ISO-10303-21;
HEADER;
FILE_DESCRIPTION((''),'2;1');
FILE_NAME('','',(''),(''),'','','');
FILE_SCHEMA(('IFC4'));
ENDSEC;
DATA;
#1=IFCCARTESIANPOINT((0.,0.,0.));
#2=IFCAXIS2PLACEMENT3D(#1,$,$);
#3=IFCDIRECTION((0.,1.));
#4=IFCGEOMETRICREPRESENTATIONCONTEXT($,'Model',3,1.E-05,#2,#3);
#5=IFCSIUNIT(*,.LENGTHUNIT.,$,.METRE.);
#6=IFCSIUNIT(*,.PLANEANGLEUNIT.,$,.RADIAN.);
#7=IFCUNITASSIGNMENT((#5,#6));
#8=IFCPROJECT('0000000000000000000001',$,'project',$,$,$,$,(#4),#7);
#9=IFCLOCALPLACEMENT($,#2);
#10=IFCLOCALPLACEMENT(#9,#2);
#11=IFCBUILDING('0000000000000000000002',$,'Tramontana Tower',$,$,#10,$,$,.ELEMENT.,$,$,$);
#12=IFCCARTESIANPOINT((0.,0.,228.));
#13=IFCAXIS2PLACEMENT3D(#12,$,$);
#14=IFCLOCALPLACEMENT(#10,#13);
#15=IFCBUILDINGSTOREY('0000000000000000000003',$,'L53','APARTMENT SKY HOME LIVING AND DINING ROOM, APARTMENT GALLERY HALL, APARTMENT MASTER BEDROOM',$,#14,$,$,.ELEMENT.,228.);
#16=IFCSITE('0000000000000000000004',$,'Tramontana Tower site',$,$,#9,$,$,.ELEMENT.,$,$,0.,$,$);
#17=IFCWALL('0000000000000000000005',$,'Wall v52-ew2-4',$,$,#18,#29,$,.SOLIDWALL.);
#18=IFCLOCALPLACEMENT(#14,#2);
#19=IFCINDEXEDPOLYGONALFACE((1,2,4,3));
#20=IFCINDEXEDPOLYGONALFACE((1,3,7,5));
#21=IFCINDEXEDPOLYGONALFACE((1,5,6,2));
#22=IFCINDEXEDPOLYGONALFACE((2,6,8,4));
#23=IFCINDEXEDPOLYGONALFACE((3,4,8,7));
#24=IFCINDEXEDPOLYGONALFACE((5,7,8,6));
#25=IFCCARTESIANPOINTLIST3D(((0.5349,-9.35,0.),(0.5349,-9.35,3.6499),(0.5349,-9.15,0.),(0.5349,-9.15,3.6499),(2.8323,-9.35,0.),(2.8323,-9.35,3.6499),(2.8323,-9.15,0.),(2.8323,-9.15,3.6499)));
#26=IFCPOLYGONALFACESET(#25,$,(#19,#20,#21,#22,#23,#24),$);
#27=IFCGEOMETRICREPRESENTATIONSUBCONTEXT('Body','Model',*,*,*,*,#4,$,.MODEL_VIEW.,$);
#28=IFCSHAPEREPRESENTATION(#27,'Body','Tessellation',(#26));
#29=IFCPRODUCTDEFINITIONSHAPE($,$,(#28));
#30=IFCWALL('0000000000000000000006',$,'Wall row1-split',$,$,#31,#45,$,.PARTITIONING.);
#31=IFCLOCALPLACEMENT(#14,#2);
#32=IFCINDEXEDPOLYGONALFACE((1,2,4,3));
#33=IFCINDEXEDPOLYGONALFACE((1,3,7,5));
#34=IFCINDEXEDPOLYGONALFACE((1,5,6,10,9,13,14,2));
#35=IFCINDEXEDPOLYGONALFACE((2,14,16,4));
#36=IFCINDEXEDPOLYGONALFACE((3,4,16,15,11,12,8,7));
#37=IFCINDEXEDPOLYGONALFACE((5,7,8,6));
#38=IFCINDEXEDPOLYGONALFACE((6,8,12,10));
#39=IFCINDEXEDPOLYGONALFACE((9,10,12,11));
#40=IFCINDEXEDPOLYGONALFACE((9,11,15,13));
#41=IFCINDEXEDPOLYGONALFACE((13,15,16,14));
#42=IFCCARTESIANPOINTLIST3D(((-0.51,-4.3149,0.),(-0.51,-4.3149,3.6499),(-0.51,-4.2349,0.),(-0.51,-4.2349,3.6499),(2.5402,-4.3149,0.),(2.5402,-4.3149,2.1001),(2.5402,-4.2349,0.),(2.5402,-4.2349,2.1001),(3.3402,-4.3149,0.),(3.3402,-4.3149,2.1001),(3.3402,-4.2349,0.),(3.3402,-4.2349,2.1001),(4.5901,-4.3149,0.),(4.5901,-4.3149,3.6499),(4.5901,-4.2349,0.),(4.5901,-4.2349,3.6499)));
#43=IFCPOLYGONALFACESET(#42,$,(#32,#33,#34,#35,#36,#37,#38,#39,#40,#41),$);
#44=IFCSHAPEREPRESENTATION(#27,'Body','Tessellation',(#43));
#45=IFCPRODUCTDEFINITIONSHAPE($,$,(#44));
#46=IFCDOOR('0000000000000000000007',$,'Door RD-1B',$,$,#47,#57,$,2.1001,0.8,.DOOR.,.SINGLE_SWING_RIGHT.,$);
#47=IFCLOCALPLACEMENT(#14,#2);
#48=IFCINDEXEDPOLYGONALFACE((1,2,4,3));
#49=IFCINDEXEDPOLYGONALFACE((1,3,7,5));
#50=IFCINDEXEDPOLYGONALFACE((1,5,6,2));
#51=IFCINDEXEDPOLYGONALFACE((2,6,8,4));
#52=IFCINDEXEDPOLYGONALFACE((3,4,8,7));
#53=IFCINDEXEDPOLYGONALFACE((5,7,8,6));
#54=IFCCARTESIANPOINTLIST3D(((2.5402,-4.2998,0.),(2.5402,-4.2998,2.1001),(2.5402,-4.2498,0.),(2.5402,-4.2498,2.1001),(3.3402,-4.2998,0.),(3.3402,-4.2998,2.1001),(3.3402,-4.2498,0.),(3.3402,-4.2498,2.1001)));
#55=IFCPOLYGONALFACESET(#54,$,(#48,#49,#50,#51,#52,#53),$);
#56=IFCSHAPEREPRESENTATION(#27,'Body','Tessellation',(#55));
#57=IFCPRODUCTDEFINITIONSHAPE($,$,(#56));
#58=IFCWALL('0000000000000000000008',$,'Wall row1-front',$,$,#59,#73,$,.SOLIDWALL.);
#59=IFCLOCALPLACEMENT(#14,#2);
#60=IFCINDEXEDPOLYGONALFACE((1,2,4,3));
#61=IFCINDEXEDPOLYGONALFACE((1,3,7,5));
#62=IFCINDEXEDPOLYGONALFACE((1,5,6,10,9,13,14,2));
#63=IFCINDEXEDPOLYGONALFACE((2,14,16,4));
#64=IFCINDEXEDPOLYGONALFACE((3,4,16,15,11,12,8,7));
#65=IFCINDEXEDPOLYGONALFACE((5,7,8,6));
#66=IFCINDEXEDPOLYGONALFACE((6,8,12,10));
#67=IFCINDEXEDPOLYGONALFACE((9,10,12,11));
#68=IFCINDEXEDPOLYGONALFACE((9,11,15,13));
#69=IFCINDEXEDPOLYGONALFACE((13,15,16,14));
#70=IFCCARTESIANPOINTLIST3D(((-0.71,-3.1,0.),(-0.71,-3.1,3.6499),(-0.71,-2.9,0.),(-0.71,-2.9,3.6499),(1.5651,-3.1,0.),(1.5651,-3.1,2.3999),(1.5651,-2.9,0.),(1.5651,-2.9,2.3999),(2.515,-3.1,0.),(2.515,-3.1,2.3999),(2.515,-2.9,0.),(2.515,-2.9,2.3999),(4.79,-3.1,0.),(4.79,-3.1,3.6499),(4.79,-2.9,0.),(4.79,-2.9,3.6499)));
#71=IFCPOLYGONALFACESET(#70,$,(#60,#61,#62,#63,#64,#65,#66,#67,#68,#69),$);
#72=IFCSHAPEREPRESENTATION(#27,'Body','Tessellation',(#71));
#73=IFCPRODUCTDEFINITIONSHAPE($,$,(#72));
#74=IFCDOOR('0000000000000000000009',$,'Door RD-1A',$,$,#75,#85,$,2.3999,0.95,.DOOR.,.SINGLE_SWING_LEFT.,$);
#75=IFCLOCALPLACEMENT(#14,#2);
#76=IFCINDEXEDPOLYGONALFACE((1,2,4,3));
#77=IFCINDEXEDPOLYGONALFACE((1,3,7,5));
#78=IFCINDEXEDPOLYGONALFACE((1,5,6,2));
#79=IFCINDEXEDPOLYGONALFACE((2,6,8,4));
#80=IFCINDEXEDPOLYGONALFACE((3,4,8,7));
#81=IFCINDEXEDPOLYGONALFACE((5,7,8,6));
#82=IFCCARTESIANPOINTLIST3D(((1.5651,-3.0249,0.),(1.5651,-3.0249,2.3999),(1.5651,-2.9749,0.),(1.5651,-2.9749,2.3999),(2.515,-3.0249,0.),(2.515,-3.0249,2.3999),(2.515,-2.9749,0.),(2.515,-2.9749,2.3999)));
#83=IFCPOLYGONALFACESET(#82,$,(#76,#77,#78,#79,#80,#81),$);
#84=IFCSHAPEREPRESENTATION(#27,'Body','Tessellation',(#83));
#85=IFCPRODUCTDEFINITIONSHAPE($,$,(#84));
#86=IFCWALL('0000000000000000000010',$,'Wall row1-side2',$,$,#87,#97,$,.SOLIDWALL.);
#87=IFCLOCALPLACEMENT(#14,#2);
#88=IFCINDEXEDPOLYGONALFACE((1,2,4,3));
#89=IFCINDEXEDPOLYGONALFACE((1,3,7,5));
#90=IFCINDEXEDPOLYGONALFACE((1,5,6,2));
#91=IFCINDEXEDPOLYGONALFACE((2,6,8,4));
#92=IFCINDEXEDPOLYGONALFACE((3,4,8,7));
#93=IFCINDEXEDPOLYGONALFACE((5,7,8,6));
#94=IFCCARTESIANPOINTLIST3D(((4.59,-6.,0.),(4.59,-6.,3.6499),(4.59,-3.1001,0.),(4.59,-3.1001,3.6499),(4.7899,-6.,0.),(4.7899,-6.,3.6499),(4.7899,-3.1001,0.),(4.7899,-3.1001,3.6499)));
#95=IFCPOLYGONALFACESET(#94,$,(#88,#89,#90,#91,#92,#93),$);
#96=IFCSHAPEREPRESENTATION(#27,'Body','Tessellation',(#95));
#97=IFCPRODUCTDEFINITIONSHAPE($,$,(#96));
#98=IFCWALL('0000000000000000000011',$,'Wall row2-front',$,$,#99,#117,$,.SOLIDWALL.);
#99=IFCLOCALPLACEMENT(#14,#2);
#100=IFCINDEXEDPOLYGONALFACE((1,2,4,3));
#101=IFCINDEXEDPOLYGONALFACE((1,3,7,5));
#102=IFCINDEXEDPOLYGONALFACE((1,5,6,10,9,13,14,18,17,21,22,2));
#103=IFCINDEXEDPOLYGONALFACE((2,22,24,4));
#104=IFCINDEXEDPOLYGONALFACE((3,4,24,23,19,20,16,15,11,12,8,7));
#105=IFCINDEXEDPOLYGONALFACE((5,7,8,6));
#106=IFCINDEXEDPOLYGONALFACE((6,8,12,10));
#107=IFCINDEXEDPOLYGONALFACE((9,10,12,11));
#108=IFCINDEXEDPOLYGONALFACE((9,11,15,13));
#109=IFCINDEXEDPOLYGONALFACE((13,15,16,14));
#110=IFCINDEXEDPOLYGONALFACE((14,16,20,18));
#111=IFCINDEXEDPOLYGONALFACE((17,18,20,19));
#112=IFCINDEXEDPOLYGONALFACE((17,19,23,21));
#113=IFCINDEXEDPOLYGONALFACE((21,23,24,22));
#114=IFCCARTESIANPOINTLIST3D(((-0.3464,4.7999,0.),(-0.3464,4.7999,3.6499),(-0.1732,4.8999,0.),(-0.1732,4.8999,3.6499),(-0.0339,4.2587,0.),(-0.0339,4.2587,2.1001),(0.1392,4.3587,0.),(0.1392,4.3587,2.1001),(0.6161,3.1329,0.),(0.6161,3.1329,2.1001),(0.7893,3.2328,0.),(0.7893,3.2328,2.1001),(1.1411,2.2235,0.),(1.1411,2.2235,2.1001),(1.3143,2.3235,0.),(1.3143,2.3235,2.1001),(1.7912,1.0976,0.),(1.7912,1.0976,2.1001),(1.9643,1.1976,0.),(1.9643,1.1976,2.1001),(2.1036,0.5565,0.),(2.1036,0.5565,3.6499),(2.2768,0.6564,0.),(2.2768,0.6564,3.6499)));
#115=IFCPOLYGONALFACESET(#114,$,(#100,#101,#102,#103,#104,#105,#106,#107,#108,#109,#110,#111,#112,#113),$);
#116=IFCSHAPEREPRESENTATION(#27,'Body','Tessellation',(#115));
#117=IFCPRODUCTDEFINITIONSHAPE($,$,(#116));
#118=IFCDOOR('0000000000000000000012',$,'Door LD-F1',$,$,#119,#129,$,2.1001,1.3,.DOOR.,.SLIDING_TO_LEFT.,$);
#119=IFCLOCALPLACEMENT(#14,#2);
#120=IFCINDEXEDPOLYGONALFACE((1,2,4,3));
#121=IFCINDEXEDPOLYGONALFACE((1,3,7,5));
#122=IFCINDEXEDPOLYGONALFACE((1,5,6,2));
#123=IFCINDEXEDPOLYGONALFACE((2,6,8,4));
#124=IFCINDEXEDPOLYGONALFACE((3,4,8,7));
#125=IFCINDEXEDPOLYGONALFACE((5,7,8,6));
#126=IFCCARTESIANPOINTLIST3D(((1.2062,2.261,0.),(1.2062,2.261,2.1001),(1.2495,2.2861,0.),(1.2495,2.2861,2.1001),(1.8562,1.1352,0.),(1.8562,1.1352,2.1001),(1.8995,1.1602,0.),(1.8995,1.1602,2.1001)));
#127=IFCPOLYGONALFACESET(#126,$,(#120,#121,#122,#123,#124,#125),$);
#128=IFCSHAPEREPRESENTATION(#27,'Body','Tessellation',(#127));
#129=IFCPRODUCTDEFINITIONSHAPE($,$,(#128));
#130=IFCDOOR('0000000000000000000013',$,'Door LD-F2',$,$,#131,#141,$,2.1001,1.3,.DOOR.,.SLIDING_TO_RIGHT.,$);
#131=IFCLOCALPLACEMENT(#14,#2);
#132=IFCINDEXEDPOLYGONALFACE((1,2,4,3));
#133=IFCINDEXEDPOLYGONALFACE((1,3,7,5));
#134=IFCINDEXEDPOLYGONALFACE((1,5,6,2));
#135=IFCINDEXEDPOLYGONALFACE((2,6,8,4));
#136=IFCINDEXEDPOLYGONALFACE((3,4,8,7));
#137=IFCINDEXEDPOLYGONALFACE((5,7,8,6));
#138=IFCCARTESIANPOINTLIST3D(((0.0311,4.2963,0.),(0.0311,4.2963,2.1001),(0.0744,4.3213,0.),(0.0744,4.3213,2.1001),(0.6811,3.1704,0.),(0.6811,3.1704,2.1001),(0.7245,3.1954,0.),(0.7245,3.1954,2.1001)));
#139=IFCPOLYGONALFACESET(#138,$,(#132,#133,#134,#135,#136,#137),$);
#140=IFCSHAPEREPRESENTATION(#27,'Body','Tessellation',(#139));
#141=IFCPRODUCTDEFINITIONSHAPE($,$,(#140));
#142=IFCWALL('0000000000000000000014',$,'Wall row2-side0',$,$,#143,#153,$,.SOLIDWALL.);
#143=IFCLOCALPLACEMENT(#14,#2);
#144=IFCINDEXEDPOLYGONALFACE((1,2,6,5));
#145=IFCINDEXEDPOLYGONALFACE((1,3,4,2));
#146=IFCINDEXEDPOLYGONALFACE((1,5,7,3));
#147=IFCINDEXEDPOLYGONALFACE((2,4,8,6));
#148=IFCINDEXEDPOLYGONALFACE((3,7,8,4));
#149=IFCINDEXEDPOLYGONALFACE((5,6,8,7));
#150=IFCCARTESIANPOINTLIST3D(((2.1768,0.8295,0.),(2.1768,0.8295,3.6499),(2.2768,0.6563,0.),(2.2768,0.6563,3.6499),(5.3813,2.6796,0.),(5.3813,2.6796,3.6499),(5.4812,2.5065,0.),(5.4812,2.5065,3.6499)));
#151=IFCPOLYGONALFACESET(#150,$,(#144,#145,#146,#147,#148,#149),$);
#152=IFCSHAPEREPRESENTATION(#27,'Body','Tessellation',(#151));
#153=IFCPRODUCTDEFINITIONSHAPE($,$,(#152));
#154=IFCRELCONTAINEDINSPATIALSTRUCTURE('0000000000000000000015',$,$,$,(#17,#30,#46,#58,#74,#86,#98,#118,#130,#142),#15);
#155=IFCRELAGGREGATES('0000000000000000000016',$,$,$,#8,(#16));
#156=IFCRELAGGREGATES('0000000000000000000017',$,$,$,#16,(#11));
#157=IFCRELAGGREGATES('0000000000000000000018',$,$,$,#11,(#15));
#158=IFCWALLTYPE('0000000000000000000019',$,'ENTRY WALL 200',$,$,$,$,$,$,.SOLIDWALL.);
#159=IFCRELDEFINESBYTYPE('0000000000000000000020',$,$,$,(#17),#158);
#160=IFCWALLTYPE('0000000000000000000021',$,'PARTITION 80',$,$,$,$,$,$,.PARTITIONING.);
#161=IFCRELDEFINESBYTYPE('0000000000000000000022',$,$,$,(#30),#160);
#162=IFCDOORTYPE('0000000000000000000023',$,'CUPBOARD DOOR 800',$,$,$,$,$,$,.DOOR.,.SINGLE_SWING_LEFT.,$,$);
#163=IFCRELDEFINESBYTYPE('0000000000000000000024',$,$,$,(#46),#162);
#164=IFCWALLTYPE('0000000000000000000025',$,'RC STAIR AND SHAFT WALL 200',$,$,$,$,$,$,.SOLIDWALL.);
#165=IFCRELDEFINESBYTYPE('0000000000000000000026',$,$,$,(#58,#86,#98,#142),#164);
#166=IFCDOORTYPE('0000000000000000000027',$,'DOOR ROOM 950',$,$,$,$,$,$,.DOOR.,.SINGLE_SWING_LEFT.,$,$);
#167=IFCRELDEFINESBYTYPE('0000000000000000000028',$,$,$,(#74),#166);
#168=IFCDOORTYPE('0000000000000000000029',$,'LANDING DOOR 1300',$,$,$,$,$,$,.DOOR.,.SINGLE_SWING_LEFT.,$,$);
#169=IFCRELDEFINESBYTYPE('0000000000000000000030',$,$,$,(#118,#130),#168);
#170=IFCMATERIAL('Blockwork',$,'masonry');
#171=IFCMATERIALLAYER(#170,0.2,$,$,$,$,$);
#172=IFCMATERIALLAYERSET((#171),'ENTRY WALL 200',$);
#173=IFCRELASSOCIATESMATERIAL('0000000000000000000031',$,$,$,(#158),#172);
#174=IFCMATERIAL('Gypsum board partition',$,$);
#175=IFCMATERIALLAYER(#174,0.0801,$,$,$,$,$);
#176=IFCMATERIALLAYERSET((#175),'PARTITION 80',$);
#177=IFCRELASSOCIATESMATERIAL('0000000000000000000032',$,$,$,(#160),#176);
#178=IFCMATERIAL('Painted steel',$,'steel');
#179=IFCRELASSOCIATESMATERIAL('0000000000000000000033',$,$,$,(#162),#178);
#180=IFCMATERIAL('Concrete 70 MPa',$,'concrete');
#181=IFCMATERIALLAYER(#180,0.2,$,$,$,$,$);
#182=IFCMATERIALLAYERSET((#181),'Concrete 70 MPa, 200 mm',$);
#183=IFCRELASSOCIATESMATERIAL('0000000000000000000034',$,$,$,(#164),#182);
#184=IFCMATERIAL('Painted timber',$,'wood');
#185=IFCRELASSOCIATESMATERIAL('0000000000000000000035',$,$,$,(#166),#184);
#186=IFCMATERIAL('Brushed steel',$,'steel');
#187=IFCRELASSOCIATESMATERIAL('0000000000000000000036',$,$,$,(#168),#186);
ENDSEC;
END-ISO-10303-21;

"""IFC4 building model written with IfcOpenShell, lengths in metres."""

from ifc_helpers import new_model, si_unit, direction, frame, frame_2d, origin, place, context, subcontext, project, spatial, rectangle, extrude, material, layer, layer_set, type_object, element, fill, save


model = new_model("IFC4")

# Units and contexts
model_context = context("Model", 3, precision=1e-05, world=origin(), true_north=direction((0.0, 1.0)))
body_context = subcontext(model_context, "Body", "Model", "MODEL_VIEW")
ifc_project = project(units=[si_unit("LENGTHUNIT", "METRE"), si_unit("PLANEANGLEUNIT", "RADIAN")], contexts=[model_context])

# Site, building, storey
site_placement = place(None, origin())
site = spatial("IfcSite", under=ifc_project, at=site_placement, Name="Tramontana Tower site", CompositionType="ELEMENT", RefElevation=0.0)
building_placement = place(site_placement, origin())
building = spatial("IfcBuilding", under=site, at=building_placement, Name="Tramontana Tower", CompositionType="ELEMENT")
storey_placement = place(building_placement, frame((0.0, 0.0, 228.0)))
storey = spatial("IfcBuildingStorey", under=building, at=storey_placement, Name="L53", Description="APARTMENT SKY HOME LIVING AND DINING ROOM, APARTMENT GALLERY HALL, APARTMENT MASTER BEDROOM", CompositionType="ELEMENT", Elevation=228.0)

# Wall
ifc_material_1 = material(Name="Blockwork", Category="masonry")
ifc_layer_1 = layer(ifc_material_1, 0.2)
ifc_layer_set_1 = layer_set([ifc_layer_1], Name="ENTRY WALL 200")
wall_type_1 = type_object("IfcWallType", Name="ENTRY WALL 200", PredefinedType="SOLIDWALL", material=ifc_layer_set_1)
wall_1_placement = place(storey_placement, frame((2.8323, -9.25, 0.0), z_axis=(0.0, 0.0, 1.0), x_axis=(-1.0, 0.0, 0.0)))
element("IfcWall", 1, at=wall_1_placement, inside=storey, type_object=wall_type_1, Name="Wall v52-ew2-4", PredefinedType="SOLIDWALL", context=body_context, shape_type="SweptSolid", body=[
    extrude(rectangle(XDim=2.2974, YDim=0.2, at=frame_2d((1.1487, 0.0))), origin(), (0.0, 0.0, 1.0), 3.6499),
])

# Walls, openings, doors
ifc_material_2 = material(Name="Gypsum board partition")
ifc_layer_2 = layer(ifc_material_2, 0.0801)
ifc_layer_set_2 = layer_set([ifc_layer_2], Name="PARTITION 80")
wall_type_2 = type_object("IfcWallType", Name="PARTITION 80", PredefinedType="PARTITIONING", material=ifc_layer_set_2)
wall_2_placement = place(storey_placement, frame((4.5901, -4.2749, 0.0), z_axis=(0.0, 0.0, 1.0), x_axis=(-1.0, 0.0, 0.0)))
wall_2 = element("IfcWall", 2, at=wall_2_placement, inside=storey, type_object=wall_type_2, Name="Wall row1-split", PredefinedType="PARTITIONING", context=body_context, shape_type="SweptSolid", body=[
    extrude(rectangle(XDim=5.1001, YDim=0.0801, at=frame_2d((2.55, 0.0))), origin(), (0.0, 0.0, 1.0), 3.6499),
])
opening_1_placement = place(wall_2_placement, frame((1.25, 0.0, 0.0)))
opening_1 = element("IfcOpeningElement", 3, at=opening_1_placement, cuts=wall_2, PredefinedType="OPENING", context=body_context, shape_type="SweptSolid", body=[
    extrude(rectangle(XDim=0.8, YDim=2.1001, at=frame_2d((0.3999, 1.05))), frame((0.0, 0.05, 0.0), z_axis=(0.0, -1.0, 0.0), x_axis=(1.0, 0.0, 0.0)), (0.0, 0.0, 1.0), 0.1001),
])
ifc_material_3 = material(Name="Painted steel", Category="steel")
door_type_1 = type_object("IfcDoorType", Name="CUPBOARD DOOR 800", OperationType="SINGLE_SWING_LEFT", PredefinedType="DOOR", material=ifc_material_3)
door_1_placement = place(opening_1_placement, origin())
door_1 = element("IfcDoor", 4, at=door_1_placement, inside=storey, type_object=door_type_1, Name="Door RD-1B", OperationType="SINGLE_SWING_RIGHT", OverallHeight=2.1001, OverallWidth=0.8, PredefinedType="DOOR", context=body_context, shape_type="SweptSolid", body=[
    extrude(rectangle(XDim=0.8, YDim=2.1001, at=frame_2d((0.3999, 1.05))), frame((0.0, 0.0249, 0.0), z_axis=(0.0, -1.0, 0.0), x_axis=(1.0, 0.0, 0.0)), (0.0, 0.0, 1.0), 0.05),
])
fill(opening_1, door_1)
ifc_material_4 = material(Name="Concrete 70 MPa", Category="concrete")
ifc_layer_3 = layer(ifc_material_4, 0.2)
ifc_layer_set_3 = layer_set([ifc_layer_3], Name="Concrete 70 MPa, 200 mm")
wall_type_3 = type_object("IfcWallType", Name="RC STAIR AND SHAFT WALL 200", PredefinedType="SOLIDWALL", material=ifc_layer_set_3)
wall_3_placement = place(storey_placement, frame((4.79, -3.0, 0.0), z_axis=(0.0, 0.0, 1.0), x_axis=(-1.0, 0.0, 0.0)))
wall_3 = element("IfcWall", 5, at=wall_3_placement, inside=storey, type_object=wall_type_3, Name="Wall row1-front", PredefinedType="SOLIDWALL", context=body_context, shape_type="SweptSolid", body=[
    extrude(rectangle(XDim=5.5, YDim=0.2, at=frame_2d((2.75, 0.0))), origin(), (0.0, 0.0, 1.0), 3.6499),
])
opening_2_placement = place(wall_3_placement, frame((2.2749, 0.0, 0.0)))
opening_2 = element("IfcOpeningElement", 6, at=opening_2_placement, cuts=wall_3, PredefinedType="OPENING", context=body_context, shape_type="SweptSolid", body=[
    extrude(rectangle(XDim=0.95, YDim=2.3999, at=frame_2d((0.4751, 1.2))), frame((0.0, 0.1099, 0.0), z_axis=(0.0, -1.0, 0.0), x_axis=(1.0, 0.0, 0.0)), (0.0, 0.0, 1.0), 0.22),
])
ifc_material_5 = material(Name="Painted timber", Category="wood")
door_type_2 = type_object("IfcDoorType", Name="DOOR ROOM 950", OperationType="SINGLE_SWING_LEFT", PredefinedType="DOOR", material=ifc_material_5)
door_2_placement = place(opening_2_placement, origin())
door_2 = element("IfcDoor", 7, at=door_2_placement, inside=storey, type_object=door_type_2, Name="Door RD-1A", OperationType="SINGLE_SWING_LEFT", OverallHeight=2.3999, OverallWidth=0.95, PredefinedType="DOOR", context=body_context, shape_type="SweptSolid", body=[
    extrude(rectangle(XDim=0.95, YDim=2.3999, at=frame_2d((0.4751, 1.2))), frame((0.0, 0.0249, 0.0), z_axis=(0.0, -1.0, 0.0), x_axis=(1.0, 0.0, 0.0)), (0.0, 0.0, 1.0), 0.05),
])
fill(opening_2, door_2)

# Wall
wall_4_placement = place(storey_placement, frame((4.6899, -3.1001, 0.0), z_axis=(0.0, 0.0, 1.0), x_axis=(0.0, -1.0, 0.0)))
element("IfcWall", 8, at=wall_4_placement, inside=storey, type_object=wall_type_3, Name="Wall row1-side2", PredefinedType="SOLIDWALL", context=body_context, shape_type="SweptSolid", body=[
    extrude(rectangle(XDim=2.8999, YDim=0.2, at=frame_2d((1.45, 0.0))), origin(), (0.0, 0.0, 1.0), 3.6499),
])

# Wall, openings, doors
wall_5_placement = place(storey_placement, frame((2.1902, 0.6064, 0.0), z_axis=(0.0, 0.0, 1.0), x_axis=(-0.500003, 0.866024, 0.0)))
wall_5 = element("IfcWall", 9, at=wall_5_placement, inside=storey, type_object=wall_type_3, Name="Wall row2-front", PredefinedType="SOLIDWALL", context=body_context, shape_type="SweptSolid", body=[
    extrude(rectangle(XDim=4.8999, YDim=0.2, at=frame_2d((2.45, 0.0))), origin(), (0.0, 0.0, 1.0), 3.6499),
])
opening_3_placement = place(wall_5_placement, frame((0.625, 0.0, 0.0)))
opening_3 = element("IfcOpeningElement", 10, at=opening_3_placement, cuts=wall_5, PredefinedType="OPENING", context=body_context, shape_type="SweptSolid", body=[
    extrude(rectangle(XDim=1.3, YDim=2.1001, at=frame_2d((0.6499, 1.05))), frame((0.0, 0.1099, 0.0), z_axis=(0.0, -1.0, 0.0), x_axis=(1.0, 0.0, 0.0)), (0.0, 0.0, 1.0), 0.22),
])
opening_4_placement = place(wall_5_placement, frame((2.9751, 0.0, 0.0)))
opening_4 = element("IfcOpeningElement", 11, at=opening_4_placement, cuts=wall_5, PredefinedType="OPENING", context=body_context, shape_type="SweptSolid", body=[
    extrude(rectangle(XDim=1.3, YDim=2.1001, at=frame_2d((0.6499, 1.05))), frame((0.0, 0.1099, 0.0), z_axis=(0.0, -1.0, 0.0), x_axis=(1.0, 0.0, 0.0)), (0.0, 0.0, 1.0), 0.22),
])
ifc_material_6 = material(Name="Brushed steel", Category="steel")
door_type_3 = type_object("IfcDoorType", Name="LANDING DOOR 1300", OperationType="SINGLE_SWING_LEFT", PredefinedType="DOOR", material=ifc_material_6)
door_3_placement = place(opening_3_placement, origin())
door_3 = element("IfcDoor", 12, at=door_3_placement, inside=storey, type_object=door_type_3, Name="Door LD-F1", OperationType="SLIDING_TO_LEFT", OverallHeight=2.1001, OverallWidth=1.3, PredefinedType="DOOR", context=body_context, shape_type="SweptSolid", body=[
    extrude(rectangle(XDim=1.3, YDim=2.1001, at=frame_2d((0.6499, 1.05))), frame((0.0, 0.0249, 0.0), z_axis=(0.0, -1.0, 0.0), x_axis=(1.0, 0.0, 0.0)), (0.0, 0.0, 1.0), 0.05),
])
fill(opening_3, door_3)
door_4_placement = place(opening_4_placement, origin())
door_4 = element("IfcDoor", 13, at=door_4_placement, inside=storey, type_object=door_type_3, Name="Door LD-F2", OperationType="SLIDING_TO_RIGHT", OverallHeight=2.1001, OverallWidth=1.3, PredefinedType="DOOR", context=body_context, shape_type="SweptSolid", body=[
    extrude(rectangle(XDim=1.3, YDim=2.1001, at=frame_2d((0.6499, 1.05))), frame((0.0, 0.0249, 0.0), z_axis=(0.0, -1.0, 0.0), x_axis=(1.0, 0.0, 0.0)), (0.0, 0.0, 1.0), 0.05),
])
fill(opening_4, door_4)

# Wall
wall_6_placement = place(storey_placement, frame((2.2268, 0.7429, 0.0), z_axis=(0.0, 0.0, 1.0), x_axis=(0.866017, 0.500014, 0.0)))
element("IfcWall", 14, at=wall_6_placement, inside=storey, type_object=wall_type_3, Name="Wall row2-side0", PredefinedType="SOLIDWALL", context=body_context, shape_type="SweptSolid", body=[
    extrude(rectangle(XDim=3.7002, YDim=0.2, at=frame_2d((1.8501, 0.0))), origin(), (0.0, 0.0, 1.0), 3.6499),
])

save(model, "model.ifc")
